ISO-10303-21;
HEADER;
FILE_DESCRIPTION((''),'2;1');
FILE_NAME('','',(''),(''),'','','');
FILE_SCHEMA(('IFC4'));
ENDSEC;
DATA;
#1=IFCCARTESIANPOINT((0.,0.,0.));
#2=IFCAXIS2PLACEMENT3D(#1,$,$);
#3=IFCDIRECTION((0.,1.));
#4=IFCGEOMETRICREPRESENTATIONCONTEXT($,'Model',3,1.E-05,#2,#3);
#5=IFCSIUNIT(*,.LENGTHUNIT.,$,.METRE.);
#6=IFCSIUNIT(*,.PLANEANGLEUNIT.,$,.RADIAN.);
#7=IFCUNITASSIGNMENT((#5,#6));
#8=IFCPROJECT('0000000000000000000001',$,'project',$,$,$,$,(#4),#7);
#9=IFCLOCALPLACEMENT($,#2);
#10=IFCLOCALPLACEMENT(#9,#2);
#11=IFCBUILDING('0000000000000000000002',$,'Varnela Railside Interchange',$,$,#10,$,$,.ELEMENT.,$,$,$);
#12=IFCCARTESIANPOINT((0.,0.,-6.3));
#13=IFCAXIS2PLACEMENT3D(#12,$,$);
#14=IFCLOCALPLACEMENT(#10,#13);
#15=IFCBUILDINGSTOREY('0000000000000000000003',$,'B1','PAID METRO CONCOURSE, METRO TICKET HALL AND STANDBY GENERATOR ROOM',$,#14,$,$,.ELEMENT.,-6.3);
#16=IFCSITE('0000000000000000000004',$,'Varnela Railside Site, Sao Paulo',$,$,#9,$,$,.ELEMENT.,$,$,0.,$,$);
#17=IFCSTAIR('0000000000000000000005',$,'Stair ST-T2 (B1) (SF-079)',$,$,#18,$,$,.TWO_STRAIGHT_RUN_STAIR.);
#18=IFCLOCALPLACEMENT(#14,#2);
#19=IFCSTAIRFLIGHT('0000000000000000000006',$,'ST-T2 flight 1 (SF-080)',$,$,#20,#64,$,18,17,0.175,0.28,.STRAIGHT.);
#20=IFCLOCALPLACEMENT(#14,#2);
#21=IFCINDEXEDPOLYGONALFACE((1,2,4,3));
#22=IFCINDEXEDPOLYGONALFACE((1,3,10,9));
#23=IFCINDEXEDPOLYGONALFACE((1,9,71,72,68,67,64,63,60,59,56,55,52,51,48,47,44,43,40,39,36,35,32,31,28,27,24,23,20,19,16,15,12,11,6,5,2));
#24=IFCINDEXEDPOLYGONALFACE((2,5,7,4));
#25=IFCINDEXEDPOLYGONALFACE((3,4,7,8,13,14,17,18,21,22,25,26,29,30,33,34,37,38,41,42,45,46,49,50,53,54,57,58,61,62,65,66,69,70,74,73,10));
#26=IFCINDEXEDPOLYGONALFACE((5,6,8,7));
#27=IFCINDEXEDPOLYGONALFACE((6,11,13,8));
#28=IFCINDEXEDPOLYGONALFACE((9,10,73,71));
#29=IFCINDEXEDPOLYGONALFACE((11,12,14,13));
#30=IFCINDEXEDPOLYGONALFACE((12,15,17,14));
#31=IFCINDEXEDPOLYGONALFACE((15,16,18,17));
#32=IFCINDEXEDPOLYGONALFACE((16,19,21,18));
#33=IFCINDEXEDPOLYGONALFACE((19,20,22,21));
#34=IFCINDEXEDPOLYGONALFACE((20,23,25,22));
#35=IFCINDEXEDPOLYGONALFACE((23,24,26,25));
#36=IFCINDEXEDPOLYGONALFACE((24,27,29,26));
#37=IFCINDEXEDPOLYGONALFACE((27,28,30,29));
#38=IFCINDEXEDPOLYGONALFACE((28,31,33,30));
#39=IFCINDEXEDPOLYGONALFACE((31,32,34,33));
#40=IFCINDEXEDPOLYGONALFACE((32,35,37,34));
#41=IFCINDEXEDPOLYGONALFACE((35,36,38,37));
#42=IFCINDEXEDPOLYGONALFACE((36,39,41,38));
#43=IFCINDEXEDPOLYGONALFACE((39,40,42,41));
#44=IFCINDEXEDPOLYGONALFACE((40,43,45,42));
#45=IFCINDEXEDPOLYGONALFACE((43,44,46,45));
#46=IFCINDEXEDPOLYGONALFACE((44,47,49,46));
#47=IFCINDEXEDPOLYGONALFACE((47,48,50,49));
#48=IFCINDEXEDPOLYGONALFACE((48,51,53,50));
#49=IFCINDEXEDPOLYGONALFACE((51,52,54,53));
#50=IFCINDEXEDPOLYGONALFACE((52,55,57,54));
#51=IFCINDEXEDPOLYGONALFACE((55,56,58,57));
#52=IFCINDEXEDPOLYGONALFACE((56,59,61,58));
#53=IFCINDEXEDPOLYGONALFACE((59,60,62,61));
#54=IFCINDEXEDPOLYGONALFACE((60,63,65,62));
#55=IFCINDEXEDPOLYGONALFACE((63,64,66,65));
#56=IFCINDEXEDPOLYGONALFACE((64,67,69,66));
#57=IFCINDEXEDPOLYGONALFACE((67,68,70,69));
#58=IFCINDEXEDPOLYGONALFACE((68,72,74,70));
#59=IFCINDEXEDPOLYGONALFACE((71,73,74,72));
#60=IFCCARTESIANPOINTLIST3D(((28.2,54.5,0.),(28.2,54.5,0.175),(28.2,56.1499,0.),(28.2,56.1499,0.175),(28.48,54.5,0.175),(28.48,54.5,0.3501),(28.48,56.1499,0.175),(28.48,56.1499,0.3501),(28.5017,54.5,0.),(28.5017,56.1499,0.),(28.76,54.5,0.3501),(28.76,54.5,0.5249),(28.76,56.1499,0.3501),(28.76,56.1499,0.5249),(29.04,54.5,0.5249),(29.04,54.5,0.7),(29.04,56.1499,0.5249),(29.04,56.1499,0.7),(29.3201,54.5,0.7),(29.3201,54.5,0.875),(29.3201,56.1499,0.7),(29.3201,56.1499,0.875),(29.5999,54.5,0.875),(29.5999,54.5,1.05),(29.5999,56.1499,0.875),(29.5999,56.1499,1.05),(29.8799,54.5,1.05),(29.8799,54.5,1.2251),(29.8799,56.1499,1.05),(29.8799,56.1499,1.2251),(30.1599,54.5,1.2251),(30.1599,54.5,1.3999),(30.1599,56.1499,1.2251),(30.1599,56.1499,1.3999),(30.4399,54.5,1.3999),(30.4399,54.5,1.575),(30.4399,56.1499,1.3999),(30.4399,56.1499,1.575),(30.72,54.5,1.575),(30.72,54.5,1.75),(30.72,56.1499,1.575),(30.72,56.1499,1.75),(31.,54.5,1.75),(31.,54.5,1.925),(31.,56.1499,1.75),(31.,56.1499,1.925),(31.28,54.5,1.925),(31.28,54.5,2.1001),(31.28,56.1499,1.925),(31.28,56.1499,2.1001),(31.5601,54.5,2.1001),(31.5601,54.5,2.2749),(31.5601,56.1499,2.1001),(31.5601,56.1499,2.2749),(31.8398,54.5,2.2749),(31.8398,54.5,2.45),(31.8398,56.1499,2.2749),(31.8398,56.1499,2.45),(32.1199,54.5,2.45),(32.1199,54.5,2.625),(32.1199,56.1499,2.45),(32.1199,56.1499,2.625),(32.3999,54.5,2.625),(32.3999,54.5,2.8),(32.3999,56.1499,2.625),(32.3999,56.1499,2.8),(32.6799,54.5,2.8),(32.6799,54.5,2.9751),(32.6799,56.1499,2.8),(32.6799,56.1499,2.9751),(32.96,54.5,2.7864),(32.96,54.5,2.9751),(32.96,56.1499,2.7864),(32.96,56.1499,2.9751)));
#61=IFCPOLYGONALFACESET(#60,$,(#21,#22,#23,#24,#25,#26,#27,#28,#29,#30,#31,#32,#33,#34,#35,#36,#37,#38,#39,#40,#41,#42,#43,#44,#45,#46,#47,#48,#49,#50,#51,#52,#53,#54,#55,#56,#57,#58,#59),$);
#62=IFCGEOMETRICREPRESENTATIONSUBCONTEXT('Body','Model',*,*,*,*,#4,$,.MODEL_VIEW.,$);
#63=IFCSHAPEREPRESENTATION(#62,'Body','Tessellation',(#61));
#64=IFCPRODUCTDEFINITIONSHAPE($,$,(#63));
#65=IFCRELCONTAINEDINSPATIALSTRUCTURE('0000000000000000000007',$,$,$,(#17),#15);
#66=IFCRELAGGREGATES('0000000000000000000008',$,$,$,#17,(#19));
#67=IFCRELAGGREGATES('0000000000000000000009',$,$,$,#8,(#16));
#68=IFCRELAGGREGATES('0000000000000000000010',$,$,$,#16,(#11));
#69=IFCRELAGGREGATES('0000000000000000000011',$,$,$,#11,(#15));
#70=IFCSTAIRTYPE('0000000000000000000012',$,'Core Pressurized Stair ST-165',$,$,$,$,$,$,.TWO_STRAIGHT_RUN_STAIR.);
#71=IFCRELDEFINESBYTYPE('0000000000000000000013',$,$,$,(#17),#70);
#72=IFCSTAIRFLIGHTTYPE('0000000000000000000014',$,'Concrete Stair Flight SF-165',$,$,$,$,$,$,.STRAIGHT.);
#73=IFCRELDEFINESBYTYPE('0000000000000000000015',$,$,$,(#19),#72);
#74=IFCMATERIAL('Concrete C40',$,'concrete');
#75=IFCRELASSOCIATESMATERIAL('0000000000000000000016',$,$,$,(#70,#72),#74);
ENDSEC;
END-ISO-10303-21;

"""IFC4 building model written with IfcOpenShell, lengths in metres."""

from ifc_helpers import new_model, si_unit, direction, frame, origin, place, context, subcontext, project, spatial, polyline, outline, extrude, material, type_object, element, aggregate, save


model = new_model("IFC4")

# Units and contexts
model_context = context("Model", 3, precision=1e-05, world=origin(), true_north=direction((0.0, 1.0)))
body_context = subcontext(model_context, "Body", "Model", "MODEL_VIEW")
ifc_project = project(units=[si_unit("LENGTHUNIT", "METRE"), si_unit("PLANEANGLEUNIT", "RADIAN")], contexts=[model_context])

# Site, building, storey
site_placement = place(None, origin())
site = spatial("IfcSite", under=ifc_project, at=site_placement, Name="Varnela Railside Site, Sao Paulo", CompositionType="ELEMENT", RefElevation=0.0)
building_placement = place(site_placement, origin())
building = spatial("IfcBuilding", under=site, at=building_placement, Name="Varnela Railside Interchange", CompositionType="ELEMENT")
storey_placement = place(building_placement, frame((0.0, 0.0, -6.3)))
storey = spatial("IfcBuildingStorey", under=building, at=storey_placement, Name="B1", Description="PAID METRO CONCOURSE, METRO TICKET HALL AND STANDBY GENERATOR ROOM", CompositionType="ELEMENT", Elevation=-6.3)

# Stair, stair flight
ifc_material_1 = material(Name="Concrete C40", Category="concrete")
stair_type = type_object("IfcStairType", Name="Core Pressurized Stair ST-165", PredefinedType="TWO_STRAIGHT_RUN_STAIR", material=ifc_material_1)
stair_flight_type = type_object("IfcStairFlightType", Name="Concrete Stair Flight SF-165", PredefinedType="STRAIGHT", material=ifc_material_1)
stair_1_placement = place(storey_placement, origin())
stair_1 = element("IfcStair", 1, at=stair_1_placement, inside=storey, type_object=stair_type, Name="Stair ST-T2 (B1) (SF-079)", PredefinedType="TWO_STRAIGHT_RUN_STAIR")
stair_flight_1_placement = place(storey_placement, frame((28.2, 55.325, 0.0), z_axis=(0.0, 0.0, 1.0), x_axis=(1.0, 0.0, 0.0)))
stair_flight_1 = element("IfcStairFlight", 2, at=stair_flight_1_placement, type_object=stair_flight_type, Name="ST-T2 flight 1 (SF-080)", NumberOfRisers=18, NumberOfTreads=17, PredefinedType="STRAIGHT", RiserHeight=0.175, TreadLength=0.28, context=body_context, shape_type="SweptSolid", body=[
    extrude(outline(polyline([(0.0, 0.0), (0.0, 0.175), (0.28, 0.175), (0.28, 0.3501), (0.5601, 0.3501), (0.5601, 0.5249), (0.8401, 0.5249), (0.8401, 0.7), (1.1201, 0.7), (1.1201, 0.875), (1.3999, 0.875), (1.3999, 1.05), (1.6799, 1.05), (1.6799, 1.2251), (1.96, 1.2251), (1.96, 1.3999), (2.24, 1.3999), (2.24, 1.575), (2.52, 1.575), (2.52, 1.75), (2.8, 1.75), (2.8, 1.925), (3.0801, 1.925), (3.0801, 2.1001), (3.3601, 2.1001), (3.3601, 2.2749), (3.6399, 2.2749), (3.6399, 2.45), (3.9199, 2.45), (3.9199, 2.625), (4.2, 2.625), (4.2, 2.8), (4.48, 2.8), (4.48, 2.9751), (4.76, 2.9751), (4.76, 3.1499), (4.76, 2.7864), (0.3018, 0.0), (0.0, 0.0)])), frame((0.0, 0.825, 0.0), z_axis=(0.0, -1.0, 0.0), x_axis=(1.0, 0.0, 0.0)), (0.0, 0.0, 1.0), 1.6499),
])
aggregate(stair_1, [stair_flight_1])

save(model, "model.ifc")
